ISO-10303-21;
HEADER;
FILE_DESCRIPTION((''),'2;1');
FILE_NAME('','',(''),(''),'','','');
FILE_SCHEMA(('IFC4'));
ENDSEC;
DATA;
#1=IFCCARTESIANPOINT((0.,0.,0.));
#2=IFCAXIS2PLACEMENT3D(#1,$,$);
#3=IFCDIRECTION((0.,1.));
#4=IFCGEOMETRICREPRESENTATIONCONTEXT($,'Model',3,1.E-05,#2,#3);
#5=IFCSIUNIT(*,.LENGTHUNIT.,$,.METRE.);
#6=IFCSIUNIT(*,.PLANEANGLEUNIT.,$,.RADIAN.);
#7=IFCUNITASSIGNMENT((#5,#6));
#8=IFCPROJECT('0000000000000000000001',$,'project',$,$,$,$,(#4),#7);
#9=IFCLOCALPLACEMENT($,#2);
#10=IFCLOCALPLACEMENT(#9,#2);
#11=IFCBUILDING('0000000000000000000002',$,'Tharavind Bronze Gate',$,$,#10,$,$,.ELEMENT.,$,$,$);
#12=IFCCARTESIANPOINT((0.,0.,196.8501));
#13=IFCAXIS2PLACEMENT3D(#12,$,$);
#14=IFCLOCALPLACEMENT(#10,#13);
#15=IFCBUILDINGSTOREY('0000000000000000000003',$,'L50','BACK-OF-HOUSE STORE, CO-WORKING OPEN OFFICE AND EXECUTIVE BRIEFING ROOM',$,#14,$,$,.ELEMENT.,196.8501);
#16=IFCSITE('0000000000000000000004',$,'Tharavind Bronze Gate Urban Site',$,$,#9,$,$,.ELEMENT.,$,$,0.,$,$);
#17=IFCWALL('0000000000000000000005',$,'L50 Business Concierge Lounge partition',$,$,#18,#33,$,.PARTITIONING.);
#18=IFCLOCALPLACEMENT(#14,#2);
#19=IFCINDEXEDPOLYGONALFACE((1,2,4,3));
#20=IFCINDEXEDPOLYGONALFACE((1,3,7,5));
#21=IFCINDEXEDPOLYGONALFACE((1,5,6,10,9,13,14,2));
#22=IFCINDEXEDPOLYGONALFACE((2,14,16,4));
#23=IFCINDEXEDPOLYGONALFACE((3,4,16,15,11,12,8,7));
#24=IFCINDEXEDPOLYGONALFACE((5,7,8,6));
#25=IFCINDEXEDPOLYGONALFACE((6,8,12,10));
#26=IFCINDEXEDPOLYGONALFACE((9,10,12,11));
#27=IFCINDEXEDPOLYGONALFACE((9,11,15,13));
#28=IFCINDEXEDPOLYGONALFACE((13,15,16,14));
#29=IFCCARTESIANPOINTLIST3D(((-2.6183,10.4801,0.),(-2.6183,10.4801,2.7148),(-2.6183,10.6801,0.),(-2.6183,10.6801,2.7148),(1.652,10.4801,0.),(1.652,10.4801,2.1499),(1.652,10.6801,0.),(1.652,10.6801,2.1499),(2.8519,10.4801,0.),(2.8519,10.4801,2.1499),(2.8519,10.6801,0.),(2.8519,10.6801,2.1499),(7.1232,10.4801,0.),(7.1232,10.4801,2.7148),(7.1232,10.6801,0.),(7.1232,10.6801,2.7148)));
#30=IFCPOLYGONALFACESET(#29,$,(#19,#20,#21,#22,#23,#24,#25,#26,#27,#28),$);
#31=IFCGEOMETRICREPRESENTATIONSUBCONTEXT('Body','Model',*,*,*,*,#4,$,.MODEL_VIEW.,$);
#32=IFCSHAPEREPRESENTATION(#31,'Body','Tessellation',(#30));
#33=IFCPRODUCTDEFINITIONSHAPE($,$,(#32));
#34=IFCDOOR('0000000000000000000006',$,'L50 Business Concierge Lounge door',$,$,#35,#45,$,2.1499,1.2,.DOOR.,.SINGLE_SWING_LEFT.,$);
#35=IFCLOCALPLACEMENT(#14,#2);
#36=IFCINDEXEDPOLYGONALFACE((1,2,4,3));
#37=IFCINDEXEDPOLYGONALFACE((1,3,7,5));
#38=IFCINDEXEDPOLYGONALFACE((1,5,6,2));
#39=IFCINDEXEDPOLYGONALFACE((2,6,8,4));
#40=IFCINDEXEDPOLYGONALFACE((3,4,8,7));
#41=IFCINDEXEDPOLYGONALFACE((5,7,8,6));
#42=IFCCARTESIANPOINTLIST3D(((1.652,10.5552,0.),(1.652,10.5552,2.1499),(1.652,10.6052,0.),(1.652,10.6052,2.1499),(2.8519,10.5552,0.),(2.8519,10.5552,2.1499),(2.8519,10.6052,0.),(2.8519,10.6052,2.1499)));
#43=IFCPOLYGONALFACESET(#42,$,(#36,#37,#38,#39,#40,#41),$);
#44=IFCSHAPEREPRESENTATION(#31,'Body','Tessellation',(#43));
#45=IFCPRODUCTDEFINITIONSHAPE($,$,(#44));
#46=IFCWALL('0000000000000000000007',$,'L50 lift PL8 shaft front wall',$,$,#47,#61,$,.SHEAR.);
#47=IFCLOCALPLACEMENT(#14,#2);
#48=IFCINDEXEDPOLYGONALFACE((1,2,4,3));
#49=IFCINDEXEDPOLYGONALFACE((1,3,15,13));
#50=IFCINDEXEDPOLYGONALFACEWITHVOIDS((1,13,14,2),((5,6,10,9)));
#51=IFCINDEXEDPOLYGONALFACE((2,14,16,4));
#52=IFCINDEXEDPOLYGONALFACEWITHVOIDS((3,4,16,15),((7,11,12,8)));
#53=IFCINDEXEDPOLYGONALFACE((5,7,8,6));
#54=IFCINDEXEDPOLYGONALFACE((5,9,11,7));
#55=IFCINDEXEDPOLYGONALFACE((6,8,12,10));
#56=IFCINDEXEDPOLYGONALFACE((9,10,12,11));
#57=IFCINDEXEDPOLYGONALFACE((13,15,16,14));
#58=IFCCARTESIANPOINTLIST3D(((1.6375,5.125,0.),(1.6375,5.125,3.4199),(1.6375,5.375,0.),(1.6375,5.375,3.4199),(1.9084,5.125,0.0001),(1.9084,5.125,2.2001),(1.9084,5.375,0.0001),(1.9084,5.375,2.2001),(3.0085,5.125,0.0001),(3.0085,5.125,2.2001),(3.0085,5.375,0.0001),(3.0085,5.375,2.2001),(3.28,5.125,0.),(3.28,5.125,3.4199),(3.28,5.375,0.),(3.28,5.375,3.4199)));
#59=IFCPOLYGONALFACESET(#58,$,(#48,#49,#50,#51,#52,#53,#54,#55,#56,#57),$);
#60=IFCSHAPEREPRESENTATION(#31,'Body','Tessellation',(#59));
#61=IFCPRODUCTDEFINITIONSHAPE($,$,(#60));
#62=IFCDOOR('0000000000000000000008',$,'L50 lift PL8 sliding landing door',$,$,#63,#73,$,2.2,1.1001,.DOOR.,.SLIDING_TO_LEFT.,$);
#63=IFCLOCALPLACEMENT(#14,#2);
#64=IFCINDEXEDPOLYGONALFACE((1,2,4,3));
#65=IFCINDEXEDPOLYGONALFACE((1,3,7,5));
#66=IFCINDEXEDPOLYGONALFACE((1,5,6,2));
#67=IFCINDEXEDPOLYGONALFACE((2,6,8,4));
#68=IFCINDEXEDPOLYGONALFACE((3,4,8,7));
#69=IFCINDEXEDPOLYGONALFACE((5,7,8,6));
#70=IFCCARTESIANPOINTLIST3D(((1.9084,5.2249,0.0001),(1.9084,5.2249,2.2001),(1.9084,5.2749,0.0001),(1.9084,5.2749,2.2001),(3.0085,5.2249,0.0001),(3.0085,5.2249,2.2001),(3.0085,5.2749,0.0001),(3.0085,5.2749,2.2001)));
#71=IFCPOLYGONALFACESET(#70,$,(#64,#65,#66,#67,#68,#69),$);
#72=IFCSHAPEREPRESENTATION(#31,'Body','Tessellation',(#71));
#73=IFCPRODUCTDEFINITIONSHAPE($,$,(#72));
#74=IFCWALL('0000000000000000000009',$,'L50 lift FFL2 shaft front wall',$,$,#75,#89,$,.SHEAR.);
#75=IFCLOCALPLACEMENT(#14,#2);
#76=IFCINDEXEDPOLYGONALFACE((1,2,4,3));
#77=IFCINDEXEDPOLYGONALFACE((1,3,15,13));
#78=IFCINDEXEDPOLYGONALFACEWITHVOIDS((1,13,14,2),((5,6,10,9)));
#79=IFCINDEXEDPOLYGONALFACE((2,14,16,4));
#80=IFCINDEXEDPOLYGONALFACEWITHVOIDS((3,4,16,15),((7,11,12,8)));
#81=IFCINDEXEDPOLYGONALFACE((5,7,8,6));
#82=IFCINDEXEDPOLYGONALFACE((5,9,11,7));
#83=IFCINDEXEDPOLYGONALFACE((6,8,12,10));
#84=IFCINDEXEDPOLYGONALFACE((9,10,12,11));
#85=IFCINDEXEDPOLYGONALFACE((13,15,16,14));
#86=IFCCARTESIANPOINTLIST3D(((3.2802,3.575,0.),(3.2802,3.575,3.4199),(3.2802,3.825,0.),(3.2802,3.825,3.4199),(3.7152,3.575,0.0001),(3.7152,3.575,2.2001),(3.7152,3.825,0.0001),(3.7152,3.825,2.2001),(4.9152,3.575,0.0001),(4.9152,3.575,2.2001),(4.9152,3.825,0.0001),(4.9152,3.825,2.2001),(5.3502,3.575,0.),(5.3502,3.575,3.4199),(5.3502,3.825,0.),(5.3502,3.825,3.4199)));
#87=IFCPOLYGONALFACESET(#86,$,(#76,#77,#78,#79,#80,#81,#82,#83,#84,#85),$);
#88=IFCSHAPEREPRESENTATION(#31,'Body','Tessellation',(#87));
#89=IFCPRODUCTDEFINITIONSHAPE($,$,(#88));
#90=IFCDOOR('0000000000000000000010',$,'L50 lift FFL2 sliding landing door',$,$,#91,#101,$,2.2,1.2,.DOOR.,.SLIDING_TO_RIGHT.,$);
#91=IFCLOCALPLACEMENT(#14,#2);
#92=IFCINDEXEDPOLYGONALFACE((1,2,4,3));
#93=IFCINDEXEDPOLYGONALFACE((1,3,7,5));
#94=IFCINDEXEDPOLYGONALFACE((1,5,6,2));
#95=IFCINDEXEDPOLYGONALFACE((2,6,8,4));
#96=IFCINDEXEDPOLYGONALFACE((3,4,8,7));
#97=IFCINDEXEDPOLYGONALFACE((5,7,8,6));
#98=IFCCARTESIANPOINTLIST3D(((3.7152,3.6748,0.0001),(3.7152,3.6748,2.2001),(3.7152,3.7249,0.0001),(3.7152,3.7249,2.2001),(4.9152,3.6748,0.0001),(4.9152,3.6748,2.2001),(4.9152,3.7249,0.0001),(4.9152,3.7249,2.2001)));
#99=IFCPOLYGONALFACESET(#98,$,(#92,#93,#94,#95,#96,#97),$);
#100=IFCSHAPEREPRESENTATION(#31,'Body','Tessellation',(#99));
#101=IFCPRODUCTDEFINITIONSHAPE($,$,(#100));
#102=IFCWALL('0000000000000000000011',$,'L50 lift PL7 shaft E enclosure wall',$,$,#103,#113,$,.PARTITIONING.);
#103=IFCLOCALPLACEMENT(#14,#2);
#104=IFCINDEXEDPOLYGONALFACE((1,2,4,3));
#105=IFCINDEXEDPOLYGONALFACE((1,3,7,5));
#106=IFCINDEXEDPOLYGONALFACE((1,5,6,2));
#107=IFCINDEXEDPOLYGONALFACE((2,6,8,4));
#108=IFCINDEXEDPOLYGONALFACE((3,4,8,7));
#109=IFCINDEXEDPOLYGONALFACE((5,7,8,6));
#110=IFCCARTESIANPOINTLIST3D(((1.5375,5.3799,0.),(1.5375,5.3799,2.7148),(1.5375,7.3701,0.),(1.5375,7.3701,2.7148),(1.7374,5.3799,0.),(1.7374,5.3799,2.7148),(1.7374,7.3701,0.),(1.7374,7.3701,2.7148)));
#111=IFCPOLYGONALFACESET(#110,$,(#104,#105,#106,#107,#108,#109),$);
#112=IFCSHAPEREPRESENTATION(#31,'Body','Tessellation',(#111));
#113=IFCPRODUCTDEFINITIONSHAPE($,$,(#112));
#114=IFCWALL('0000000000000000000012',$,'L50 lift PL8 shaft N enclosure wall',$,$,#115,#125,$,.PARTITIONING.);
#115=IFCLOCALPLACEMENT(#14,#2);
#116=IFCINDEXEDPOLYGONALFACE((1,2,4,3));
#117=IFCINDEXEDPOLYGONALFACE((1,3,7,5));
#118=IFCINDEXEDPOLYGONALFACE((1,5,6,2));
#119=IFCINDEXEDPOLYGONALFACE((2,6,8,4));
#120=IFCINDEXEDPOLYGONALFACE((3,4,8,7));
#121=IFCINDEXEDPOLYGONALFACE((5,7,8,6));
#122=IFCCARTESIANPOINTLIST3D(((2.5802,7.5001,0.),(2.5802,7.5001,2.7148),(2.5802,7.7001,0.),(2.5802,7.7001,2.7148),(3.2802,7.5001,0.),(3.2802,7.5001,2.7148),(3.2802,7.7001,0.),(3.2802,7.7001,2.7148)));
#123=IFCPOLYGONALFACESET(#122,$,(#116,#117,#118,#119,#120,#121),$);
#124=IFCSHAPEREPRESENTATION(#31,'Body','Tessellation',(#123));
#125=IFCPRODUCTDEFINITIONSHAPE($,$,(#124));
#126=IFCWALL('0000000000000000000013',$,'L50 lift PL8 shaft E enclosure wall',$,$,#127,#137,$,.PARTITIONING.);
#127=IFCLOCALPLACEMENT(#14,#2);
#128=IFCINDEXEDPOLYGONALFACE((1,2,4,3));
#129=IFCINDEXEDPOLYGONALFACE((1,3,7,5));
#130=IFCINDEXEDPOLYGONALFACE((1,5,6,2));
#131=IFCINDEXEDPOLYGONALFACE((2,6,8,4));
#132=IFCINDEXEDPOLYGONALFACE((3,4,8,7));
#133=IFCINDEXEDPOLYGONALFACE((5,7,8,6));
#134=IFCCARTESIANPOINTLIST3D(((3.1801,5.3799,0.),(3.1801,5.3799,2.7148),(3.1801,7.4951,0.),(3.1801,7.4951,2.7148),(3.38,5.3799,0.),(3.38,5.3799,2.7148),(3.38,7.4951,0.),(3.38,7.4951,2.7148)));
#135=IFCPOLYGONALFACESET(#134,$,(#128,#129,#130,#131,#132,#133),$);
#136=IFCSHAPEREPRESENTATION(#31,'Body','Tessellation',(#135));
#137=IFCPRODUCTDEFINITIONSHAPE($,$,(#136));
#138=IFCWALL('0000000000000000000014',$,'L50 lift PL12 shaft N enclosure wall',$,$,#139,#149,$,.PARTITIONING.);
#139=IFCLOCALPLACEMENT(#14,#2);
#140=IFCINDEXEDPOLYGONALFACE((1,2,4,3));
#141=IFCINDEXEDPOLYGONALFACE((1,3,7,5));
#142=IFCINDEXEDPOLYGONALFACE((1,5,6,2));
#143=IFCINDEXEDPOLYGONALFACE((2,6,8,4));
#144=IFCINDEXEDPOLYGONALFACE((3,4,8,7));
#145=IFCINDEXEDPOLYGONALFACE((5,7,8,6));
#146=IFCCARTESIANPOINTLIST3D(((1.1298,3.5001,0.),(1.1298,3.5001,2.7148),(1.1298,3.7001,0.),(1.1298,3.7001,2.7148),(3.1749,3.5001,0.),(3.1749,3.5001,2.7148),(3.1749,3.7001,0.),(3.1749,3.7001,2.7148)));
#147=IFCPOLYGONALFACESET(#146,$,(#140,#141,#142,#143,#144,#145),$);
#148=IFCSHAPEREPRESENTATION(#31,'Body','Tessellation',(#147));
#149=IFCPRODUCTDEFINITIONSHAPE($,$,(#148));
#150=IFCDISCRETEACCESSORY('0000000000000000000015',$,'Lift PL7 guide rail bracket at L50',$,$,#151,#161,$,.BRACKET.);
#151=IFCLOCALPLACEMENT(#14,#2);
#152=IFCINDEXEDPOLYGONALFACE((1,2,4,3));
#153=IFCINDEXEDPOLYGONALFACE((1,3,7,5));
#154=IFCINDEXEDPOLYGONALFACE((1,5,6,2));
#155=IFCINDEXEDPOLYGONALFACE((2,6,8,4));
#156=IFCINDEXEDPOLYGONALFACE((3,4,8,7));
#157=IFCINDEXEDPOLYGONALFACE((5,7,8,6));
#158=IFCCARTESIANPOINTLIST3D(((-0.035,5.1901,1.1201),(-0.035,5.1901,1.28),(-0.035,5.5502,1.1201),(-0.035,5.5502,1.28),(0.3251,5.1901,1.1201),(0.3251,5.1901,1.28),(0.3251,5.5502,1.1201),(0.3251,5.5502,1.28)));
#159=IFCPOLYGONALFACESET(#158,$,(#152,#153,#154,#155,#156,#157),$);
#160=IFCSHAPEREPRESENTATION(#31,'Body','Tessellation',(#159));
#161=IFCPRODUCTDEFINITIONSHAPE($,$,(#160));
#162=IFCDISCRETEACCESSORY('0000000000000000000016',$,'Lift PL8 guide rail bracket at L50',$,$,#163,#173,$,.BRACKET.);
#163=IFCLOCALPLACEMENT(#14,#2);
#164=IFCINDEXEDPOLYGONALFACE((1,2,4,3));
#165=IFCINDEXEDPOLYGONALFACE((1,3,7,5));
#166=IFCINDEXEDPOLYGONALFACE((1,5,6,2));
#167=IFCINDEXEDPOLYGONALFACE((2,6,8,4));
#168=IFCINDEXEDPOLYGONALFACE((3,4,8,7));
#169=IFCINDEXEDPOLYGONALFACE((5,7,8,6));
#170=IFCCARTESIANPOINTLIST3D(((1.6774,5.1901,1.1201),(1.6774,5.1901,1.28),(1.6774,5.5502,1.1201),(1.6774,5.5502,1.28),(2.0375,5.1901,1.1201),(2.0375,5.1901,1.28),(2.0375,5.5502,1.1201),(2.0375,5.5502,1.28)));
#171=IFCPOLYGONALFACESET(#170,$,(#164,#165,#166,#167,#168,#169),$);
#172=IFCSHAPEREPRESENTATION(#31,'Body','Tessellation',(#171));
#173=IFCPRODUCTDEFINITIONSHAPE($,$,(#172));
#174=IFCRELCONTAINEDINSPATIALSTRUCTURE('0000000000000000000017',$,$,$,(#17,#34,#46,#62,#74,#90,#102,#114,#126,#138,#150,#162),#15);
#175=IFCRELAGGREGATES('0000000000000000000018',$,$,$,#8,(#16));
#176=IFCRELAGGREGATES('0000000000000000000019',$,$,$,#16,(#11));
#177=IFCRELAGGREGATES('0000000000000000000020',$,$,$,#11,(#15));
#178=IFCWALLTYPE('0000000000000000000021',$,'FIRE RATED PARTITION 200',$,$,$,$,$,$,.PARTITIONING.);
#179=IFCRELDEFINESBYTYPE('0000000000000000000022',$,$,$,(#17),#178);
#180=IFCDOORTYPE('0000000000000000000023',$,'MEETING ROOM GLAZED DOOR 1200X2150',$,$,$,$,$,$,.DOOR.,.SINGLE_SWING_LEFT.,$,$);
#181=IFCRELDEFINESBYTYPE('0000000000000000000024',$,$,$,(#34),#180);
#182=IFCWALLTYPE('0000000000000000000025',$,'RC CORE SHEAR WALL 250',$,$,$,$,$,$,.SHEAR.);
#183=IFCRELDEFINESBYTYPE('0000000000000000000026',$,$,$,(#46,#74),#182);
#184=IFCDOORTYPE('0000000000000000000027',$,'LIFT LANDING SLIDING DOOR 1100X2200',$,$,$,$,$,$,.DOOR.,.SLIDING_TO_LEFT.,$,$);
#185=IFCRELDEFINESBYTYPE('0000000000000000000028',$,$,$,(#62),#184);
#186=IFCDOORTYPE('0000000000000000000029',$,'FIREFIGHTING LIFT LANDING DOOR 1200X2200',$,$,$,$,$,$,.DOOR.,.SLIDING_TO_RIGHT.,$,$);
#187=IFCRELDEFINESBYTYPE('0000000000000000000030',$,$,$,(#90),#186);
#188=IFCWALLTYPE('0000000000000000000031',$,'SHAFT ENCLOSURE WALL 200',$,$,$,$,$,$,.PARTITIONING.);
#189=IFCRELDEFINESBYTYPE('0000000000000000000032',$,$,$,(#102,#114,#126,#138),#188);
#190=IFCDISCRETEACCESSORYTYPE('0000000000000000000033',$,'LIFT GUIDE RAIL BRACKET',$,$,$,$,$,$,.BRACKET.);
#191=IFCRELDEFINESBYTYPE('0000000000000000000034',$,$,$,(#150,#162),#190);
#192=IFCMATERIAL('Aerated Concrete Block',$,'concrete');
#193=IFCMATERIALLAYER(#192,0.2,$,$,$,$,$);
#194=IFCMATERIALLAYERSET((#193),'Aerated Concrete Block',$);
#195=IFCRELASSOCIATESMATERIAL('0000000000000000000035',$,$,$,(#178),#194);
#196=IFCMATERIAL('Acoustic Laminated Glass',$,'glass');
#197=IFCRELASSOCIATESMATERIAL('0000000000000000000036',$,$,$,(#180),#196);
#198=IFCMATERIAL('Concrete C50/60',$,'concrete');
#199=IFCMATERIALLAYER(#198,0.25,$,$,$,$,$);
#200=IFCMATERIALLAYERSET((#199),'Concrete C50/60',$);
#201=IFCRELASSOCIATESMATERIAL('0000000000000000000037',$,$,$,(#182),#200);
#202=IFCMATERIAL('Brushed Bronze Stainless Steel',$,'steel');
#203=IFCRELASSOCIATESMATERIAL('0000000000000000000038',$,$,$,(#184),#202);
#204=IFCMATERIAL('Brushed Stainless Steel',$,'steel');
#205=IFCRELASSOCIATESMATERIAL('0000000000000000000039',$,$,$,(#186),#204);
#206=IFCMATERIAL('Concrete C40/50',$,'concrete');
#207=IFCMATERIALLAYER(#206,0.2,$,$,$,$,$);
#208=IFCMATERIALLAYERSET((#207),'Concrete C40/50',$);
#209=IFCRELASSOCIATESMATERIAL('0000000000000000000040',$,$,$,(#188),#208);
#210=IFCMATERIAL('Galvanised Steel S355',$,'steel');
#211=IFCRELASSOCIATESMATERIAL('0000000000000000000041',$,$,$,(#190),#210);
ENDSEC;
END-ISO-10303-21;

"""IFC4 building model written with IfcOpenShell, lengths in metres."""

from ifc_helpers import new_model, si_unit, direction, frame, frame_2d, origin, origin_2d, place, context, subcontext, project, spatial, rectangle, extrude, material, layer, layer_set, type_object, element, fill, save


model = new_model("IFC4")

# Units and contexts
model_context = context("Model", 3, precision=1e-05, world=origin(), true_north=direction((0.0, 1.0)))
body_context = subcontext(model_context, "Body", "Model", "MODEL_VIEW")
ifc_project = project(units=[si_unit("LENGTHUNIT", "METRE"), si_unit("PLANEANGLEUNIT", "RADIAN")], contexts=[model_context])

# Site, building, storey
site_placement = place(None, origin())
site = spatial("IfcSite", under=ifc_project, at=site_placement, Name="Tharavind Bronze Gate Urban Site", CompositionType="ELEMENT", RefElevation=0.0)
building_placement = place(site_placement, origin())
building = spatial("IfcBuilding", under=site, at=building_placement, Name="Tharavind Bronze Gate", CompositionType="ELEMENT")
storey_placement = place(building_placement, frame((0.0, 0.0, 196.8501)))
storey = spatial("IfcBuildingStorey", under=building, at=storey_placement, Name="L50", Description="BACK-OF-HOUSE STORE, CO-WORKING OPEN OFFICE AND EXECUTIVE BRIEFING ROOM", CompositionType="ELEMENT", Elevation=196.8501)

# Shared definitions
ifc_material_1 = material(Name="Aerated Concrete Block", Category="concrete")
ifc_layer_1 = layer(ifc_material_1, 0.2)
ifc_layer_set_1 = layer_set([ifc_layer_1], Name="Aerated Concrete Block")
wall_type_1 = type_object("IfcWallType", Name="FIRE RATED PARTITION 200", PredefinedType="PARTITIONING", material=ifc_layer_set_1)

# Walls, openings, doors
wall_1_placement = place(storey_placement, frame((7.123, 10.5801, 0.0), z_axis=(0.0, 0.0, 1.0), x_axis=(-1.0, 0.0, 0.0)))
wall_1 = element("IfcWall", 1, at=wall_1_placement, inside=storey, type_object=wall_type_1, Name="L50 Business Concierge Lounge partition", PredefinedType="PARTITIONING", context=body_context, shape_type="SweptSolid", body=[
    extrude(rectangle(XDim=9.7415, YDim=0.2, at=frame_2d((4.8706, 0.0))), origin(), (0.0, 0.0, 1.0), 2.7148),
])
opening_1_placement = place(wall_1_placement, frame((4.271, 0.0, 0.0)))
opening_1 = element("IfcOpeningElement", 2, at=opening_1_placement, cuts=wall_1, PredefinedType="OPENING", context=body_context, shape_type="SweptSolid", body=[
    extrude(rectangle(XDim=1.2, YDim=2.1499, at=frame_2d((0.6001, 1.075))), frame((0.0, 0.1101, 0.0), z_axis=(0.0, -1.0, 0.0), x_axis=(1.0, 0.0, 0.0)), (0.0, 0.0, 1.0), 0.22),
])
ifc_material_2 = material(Name="Acoustic Laminated Glass", Category="glass")
door_type_1 = type_object("IfcDoorType", Name="MEETING ROOM GLAZED DOOR 1200X2150", OperationType="SINGLE_SWING_LEFT", PredefinedType="DOOR", material=ifc_material_2)
door_1_placement = place(opening_1_placement, origin())
door_1 = element("IfcDoor", 3, at=door_1_placement, inside=storey, type_object=door_type_1, Name="L50 Business Concierge Lounge door", OperationType="SINGLE_SWING_LEFT", OverallHeight=2.1499, OverallWidth=1.2, PredefinedType="DOOR", context=body_context, shape_type="SweptSolid", body=[
    extrude(rectangle(XDim=1.2, YDim=2.1499, at=frame_2d((0.6001, 1.075))), frame((0.0, 0.0249, 0.0), z_axis=(0.0, -1.0, 0.0), x_axis=(1.0, 0.0, 0.0)), (0.0, 0.0, 1.0), 0.05),
])
fill(opening_1, door_1)
ifc_material_3 = material(Name="Concrete C50/60", Category="concrete")
ifc_layer_2 = layer(ifc_material_3, 0.25)
ifc_layer_set_2 = layer_set([ifc_layer_2], Name="Concrete C50/60")
wall_type_2 = type_object("IfcWallType", Name="RC CORE SHEAR WALL 250", PredefinedType="SHEAR", material=ifc_layer_set_2)
wall_2_placement = place(storey_placement, frame((1.6375, 5.25, 0.0), z_axis=(0.0, 0.0, 1.0), x_axis=(1.0, 0.0, 0.0)))
wall_2 = element("IfcWall", 4, at=wall_2_placement, inside=storey, type_object=wall_type_2, Name="L50 lift PL8 shaft front wall", PredefinedType="SHEAR", context=body_context, shape_type="SweptSolid", body=[
    extrude(rectangle(XDim=1.6426, YDim=0.25, at=frame_2d((0.8213, 0.0))), origin(), (0.0, 0.0, 1.0), 3.4199),
])
opening_2_placement = place(wall_2_placement, frame((0.271, 0.0, 0.0)))
opening_2 = element("IfcOpeningElement", 5, at=opening_2_placement, cuts=wall_2, PredefinedType="OPENING", context=body_context, shape_type="SweptSolid", body=[
    extrude(rectangle(XDim=1.1001, YDim=2.2, at=frame_2d((0.55, 1.1001))), frame((0.0, 0.135, 0.0), z_axis=(0.0, -1.0, 0.0), x_axis=(1.0, 0.0, 0.0)), (0.0, 0.0, 1.0), 0.27),
])
ifc_material_4 = material(Name="Brushed Bronze Stainless Steel", Category="steel")
door_type_2 = type_object("IfcDoorType", Name="LIFT LANDING SLIDING DOOR 1100X2200", OperationType="SLIDING_TO_LEFT", PredefinedType="DOOR", material=ifc_material_4)
door_2_placement = place(opening_2_placement, origin())
door_2 = element("IfcDoor", 6, at=door_2_placement, inside=storey, type_object=door_type_2, Name="L50 lift PL8 sliding landing door", OperationType="SLIDING_TO_LEFT", OverallHeight=2.2, OverallWidth=1.1001, PredefinedType="DOOR", context=body_context, shape_type="SweptSolid", body=[
    extrude(rectangle(XDim=1.1001, YDim=2.2, at=frame_2d((0.55, 1.1001))), frame((0.0, 0.0249, 0.0), z_axis=(0.0, -1.0, 0.0), x_axis=(1.0, 0.0, 0.0)), (0.0, 0.0, 1.0), 0.05),
])
fill(opening_2, door_2)
wall_3_placement = place(storey_placement, frame((3.28, 3.7, 0.0), z_axis=(0.0, 0.0, 1.0), x_axis=(1.0, 0.0, 0.0)))
wall_3 = element("IfcWall", 7, at=wall_3_placement, inside=storey, type_object=wall_type_2, Name="L50 lift FFL2 shaft front wall", PredefinedType="SHEAR", context=body_context, shape_type="SweptSolid", body=[
    extrude(rectangle(XDim=2.0701, YDim=0.25, at=frame_2d((1.0352, 0.0))), origin(), (0.0, 0.0, 1.0), 3.4199),
])
opening_3_placement = place(wall_3_placement, frame((0.4351, 0.0, 0.0)))
opening_3 = element("IfcOpeningElement", 8, at=opening_3_placement, cuts=wall_3, PredefinedType="OPENING", context=body_context, shape_type="SweptSolid", body=[
    extrude(rectangle(XDim=1.2, YDim=2.2, at=frame_2d((0.6001, 1.1001))), frame((0.0, 0.135, 0.0), z_axis=(0.0, -1.0, 0.0), x_axis=(1.0, 0.0, 0.0)), (0.0, 0.0, 1.0), 0.27),
])
ifc_material_5 = material(Name="Brushed Stainless Steel", Category="steel")
door_type_3 = type_object("IfcDoorType", Name="FIREFIGHTING LIFT LANDING DOOR 1200X2200", OperationType="SLIDING_TO_RIGHT", PredefinedType="DOOR", material=ifc_material_5)
door_3_placement = place(opening_3_placement, origin())
door_3 = element("IfcDoor", 9, at=door_3_placement, inside=storey, type_object=door_type_3, Name="L50 lift FFL2 sliding landing door", OperationType="SLIDING_TO_RIGHT", OverallHeight=2.2, OverallWidth=1.2, PredefinedType="DOOR", context=body_context, shape_type="SweptSolid", body=[
    extrude(rectangle(XDim=1.2, YDim=2.2, at=frame_2d((0.6001, 1.1001))), frame((0.0, 0.0249, 0.0), z_axis=(0.0, -1.0, 0.0), x_axis=(1.0, 0.0, 0.0)), (0.0, 0.0, 1.0), 0.05),
])
fill(opening_3, door_3)

# Walls
ifc_material_6 = material(Name="Concrete C40/50", Category="concrete")
ifc_layer_3 = layer(ifc_material_6, 0.2)
ifc_layer_set_3 = layer_set([ifc_layer_3], Name="Concrete C40/50")
wall_type_3 = type_object("IfcWallType", Name="SHAFT ENCLOSURE WALL 200", PredefinedType="PARTITIONING", material=ifc_layer_set_3)
wall_4_placement = place(storey_placement, frame((1.6375, 5.3799, 0.0), z_axis=(0.0, 0.0, 1.0), x_axis=(0.0, 1.0, 0.0)))
element("IfcWall", 10, at=wall_4_placement, inside=storey, type_object=wall_type_3, Name="L50 lift PL7 shaft E enclosure wall", PredefinedType="PARTITIONING", context=body_context, shape_type="SweptSolid", body=[
    extrude(rectangle(XDim=1.9902, YDim=0.2, at=frame_2d((0.9951, 0.0))), origin(), (0.0, 0.0, 1.0), 2.7148),
])
wall_5_placement = place(storey_placement, frame((2.5801, 7.6001, 0.0), z_axis=(0.0, 0.0, 1.0), x_axis=(1.0, 0.0, 0.0)))
element("IfcWall", 11, at=wall_5_placement, inside=storey, type_object=wall_type_3, Name="L50 lift PL8 shaft N enclosure wall", PredefinedType="PARTITIONING", context=body_context, shape_type="SweptSolid", body=[
    extrude(rectangle(XDim=0.7, YDim=0.2, at=frame_2d((0.3501, 0.0))), origin(), (0.0, 0.0, 1.0), 2.7148),
])
wall_6_placement = place(storey_placement, frame((3.28, 5.3799, 0.0), z_axis=(0.0, 0.0, 1.0), x_axis=(0.0, 1.0, 0.0)))
element("IfcWall", 12, at=wall_6_placement, inside=storey, type_object=wall_type_3, Name="L50 lift PL8 shaft E enclosure wall", PredefinedType="PARTITIONING", context=body_context, shape_type="SweptSolid", body=[
    extrude(rectangle(XDim=2.1152, YDim=0.2, at=frame_2d((1.0576, 0.0))), origin(), (0.0, 0.0, 1.0), 2.7148),
])
wall_7_placement = place(storey_placement, frame((1.1299, 3.6001, 0.0), z_axis=(0.0, 0.0, 1.0), x_axis=(1.0, 0.0, 0.0)))
element("IfcWall", 13, at=wall_7_placement, inside=storey, type_object=wall_type_3, Name="L50 lift PL12 shaft N enclosure wall", PredefinedType="PARTITIONING", context=body_context, shape_type="SweptSolid", body=[
    extrude(rectangle(XDim=2.0452, YDim=0.2, at=frame_2d((1.0225, 0.0))), origin(), (0.0, 0.0, 1.0), 2.7148),
])

# Discrete accessories
ifc_material_7 = material(Name="Galvanised Steel S355", Category="steel")
discrete_accessory_type_1 = type_object("IfcDiscreteAccessoryType", Name="LIFT GUIDE RAIL BRACKET", PredefinedType="BRACKET", material=ifc_material_7)
for number, where, z_axis, x_axis, name in (
    (14, (0.145, 5.3701, 1.1201), (0.0, 0.0, 1.0), (1.0, 0.0, 0.0), "Lift PL7 guide rail bracket at L50"),
    (15, (1.8574, 5.3701, 1.1201), (0.0, 0.0, 1.0), (1.0, 0.0, 0.0), "Lift PL8 guide rail bracket at L50"),
):
    element("IfcDiscreteAccessory", number, at=place(storey_placement, frame(where, z_axis=z_axis, x_axis=x_axis)), inside=storey, type_object=discrete_accessory_type_1, Name=name, PredefinedType="BRACKET", context=body_context, shape_type="SweptSolid", body=[
        extrude(rectangle(XDim=0.3601, YDim=0.3601, at=origin_2d()), origin(), (0.0, 0.0, 1.0), 0.1599),
    ])

save(model, "model.ifc")
